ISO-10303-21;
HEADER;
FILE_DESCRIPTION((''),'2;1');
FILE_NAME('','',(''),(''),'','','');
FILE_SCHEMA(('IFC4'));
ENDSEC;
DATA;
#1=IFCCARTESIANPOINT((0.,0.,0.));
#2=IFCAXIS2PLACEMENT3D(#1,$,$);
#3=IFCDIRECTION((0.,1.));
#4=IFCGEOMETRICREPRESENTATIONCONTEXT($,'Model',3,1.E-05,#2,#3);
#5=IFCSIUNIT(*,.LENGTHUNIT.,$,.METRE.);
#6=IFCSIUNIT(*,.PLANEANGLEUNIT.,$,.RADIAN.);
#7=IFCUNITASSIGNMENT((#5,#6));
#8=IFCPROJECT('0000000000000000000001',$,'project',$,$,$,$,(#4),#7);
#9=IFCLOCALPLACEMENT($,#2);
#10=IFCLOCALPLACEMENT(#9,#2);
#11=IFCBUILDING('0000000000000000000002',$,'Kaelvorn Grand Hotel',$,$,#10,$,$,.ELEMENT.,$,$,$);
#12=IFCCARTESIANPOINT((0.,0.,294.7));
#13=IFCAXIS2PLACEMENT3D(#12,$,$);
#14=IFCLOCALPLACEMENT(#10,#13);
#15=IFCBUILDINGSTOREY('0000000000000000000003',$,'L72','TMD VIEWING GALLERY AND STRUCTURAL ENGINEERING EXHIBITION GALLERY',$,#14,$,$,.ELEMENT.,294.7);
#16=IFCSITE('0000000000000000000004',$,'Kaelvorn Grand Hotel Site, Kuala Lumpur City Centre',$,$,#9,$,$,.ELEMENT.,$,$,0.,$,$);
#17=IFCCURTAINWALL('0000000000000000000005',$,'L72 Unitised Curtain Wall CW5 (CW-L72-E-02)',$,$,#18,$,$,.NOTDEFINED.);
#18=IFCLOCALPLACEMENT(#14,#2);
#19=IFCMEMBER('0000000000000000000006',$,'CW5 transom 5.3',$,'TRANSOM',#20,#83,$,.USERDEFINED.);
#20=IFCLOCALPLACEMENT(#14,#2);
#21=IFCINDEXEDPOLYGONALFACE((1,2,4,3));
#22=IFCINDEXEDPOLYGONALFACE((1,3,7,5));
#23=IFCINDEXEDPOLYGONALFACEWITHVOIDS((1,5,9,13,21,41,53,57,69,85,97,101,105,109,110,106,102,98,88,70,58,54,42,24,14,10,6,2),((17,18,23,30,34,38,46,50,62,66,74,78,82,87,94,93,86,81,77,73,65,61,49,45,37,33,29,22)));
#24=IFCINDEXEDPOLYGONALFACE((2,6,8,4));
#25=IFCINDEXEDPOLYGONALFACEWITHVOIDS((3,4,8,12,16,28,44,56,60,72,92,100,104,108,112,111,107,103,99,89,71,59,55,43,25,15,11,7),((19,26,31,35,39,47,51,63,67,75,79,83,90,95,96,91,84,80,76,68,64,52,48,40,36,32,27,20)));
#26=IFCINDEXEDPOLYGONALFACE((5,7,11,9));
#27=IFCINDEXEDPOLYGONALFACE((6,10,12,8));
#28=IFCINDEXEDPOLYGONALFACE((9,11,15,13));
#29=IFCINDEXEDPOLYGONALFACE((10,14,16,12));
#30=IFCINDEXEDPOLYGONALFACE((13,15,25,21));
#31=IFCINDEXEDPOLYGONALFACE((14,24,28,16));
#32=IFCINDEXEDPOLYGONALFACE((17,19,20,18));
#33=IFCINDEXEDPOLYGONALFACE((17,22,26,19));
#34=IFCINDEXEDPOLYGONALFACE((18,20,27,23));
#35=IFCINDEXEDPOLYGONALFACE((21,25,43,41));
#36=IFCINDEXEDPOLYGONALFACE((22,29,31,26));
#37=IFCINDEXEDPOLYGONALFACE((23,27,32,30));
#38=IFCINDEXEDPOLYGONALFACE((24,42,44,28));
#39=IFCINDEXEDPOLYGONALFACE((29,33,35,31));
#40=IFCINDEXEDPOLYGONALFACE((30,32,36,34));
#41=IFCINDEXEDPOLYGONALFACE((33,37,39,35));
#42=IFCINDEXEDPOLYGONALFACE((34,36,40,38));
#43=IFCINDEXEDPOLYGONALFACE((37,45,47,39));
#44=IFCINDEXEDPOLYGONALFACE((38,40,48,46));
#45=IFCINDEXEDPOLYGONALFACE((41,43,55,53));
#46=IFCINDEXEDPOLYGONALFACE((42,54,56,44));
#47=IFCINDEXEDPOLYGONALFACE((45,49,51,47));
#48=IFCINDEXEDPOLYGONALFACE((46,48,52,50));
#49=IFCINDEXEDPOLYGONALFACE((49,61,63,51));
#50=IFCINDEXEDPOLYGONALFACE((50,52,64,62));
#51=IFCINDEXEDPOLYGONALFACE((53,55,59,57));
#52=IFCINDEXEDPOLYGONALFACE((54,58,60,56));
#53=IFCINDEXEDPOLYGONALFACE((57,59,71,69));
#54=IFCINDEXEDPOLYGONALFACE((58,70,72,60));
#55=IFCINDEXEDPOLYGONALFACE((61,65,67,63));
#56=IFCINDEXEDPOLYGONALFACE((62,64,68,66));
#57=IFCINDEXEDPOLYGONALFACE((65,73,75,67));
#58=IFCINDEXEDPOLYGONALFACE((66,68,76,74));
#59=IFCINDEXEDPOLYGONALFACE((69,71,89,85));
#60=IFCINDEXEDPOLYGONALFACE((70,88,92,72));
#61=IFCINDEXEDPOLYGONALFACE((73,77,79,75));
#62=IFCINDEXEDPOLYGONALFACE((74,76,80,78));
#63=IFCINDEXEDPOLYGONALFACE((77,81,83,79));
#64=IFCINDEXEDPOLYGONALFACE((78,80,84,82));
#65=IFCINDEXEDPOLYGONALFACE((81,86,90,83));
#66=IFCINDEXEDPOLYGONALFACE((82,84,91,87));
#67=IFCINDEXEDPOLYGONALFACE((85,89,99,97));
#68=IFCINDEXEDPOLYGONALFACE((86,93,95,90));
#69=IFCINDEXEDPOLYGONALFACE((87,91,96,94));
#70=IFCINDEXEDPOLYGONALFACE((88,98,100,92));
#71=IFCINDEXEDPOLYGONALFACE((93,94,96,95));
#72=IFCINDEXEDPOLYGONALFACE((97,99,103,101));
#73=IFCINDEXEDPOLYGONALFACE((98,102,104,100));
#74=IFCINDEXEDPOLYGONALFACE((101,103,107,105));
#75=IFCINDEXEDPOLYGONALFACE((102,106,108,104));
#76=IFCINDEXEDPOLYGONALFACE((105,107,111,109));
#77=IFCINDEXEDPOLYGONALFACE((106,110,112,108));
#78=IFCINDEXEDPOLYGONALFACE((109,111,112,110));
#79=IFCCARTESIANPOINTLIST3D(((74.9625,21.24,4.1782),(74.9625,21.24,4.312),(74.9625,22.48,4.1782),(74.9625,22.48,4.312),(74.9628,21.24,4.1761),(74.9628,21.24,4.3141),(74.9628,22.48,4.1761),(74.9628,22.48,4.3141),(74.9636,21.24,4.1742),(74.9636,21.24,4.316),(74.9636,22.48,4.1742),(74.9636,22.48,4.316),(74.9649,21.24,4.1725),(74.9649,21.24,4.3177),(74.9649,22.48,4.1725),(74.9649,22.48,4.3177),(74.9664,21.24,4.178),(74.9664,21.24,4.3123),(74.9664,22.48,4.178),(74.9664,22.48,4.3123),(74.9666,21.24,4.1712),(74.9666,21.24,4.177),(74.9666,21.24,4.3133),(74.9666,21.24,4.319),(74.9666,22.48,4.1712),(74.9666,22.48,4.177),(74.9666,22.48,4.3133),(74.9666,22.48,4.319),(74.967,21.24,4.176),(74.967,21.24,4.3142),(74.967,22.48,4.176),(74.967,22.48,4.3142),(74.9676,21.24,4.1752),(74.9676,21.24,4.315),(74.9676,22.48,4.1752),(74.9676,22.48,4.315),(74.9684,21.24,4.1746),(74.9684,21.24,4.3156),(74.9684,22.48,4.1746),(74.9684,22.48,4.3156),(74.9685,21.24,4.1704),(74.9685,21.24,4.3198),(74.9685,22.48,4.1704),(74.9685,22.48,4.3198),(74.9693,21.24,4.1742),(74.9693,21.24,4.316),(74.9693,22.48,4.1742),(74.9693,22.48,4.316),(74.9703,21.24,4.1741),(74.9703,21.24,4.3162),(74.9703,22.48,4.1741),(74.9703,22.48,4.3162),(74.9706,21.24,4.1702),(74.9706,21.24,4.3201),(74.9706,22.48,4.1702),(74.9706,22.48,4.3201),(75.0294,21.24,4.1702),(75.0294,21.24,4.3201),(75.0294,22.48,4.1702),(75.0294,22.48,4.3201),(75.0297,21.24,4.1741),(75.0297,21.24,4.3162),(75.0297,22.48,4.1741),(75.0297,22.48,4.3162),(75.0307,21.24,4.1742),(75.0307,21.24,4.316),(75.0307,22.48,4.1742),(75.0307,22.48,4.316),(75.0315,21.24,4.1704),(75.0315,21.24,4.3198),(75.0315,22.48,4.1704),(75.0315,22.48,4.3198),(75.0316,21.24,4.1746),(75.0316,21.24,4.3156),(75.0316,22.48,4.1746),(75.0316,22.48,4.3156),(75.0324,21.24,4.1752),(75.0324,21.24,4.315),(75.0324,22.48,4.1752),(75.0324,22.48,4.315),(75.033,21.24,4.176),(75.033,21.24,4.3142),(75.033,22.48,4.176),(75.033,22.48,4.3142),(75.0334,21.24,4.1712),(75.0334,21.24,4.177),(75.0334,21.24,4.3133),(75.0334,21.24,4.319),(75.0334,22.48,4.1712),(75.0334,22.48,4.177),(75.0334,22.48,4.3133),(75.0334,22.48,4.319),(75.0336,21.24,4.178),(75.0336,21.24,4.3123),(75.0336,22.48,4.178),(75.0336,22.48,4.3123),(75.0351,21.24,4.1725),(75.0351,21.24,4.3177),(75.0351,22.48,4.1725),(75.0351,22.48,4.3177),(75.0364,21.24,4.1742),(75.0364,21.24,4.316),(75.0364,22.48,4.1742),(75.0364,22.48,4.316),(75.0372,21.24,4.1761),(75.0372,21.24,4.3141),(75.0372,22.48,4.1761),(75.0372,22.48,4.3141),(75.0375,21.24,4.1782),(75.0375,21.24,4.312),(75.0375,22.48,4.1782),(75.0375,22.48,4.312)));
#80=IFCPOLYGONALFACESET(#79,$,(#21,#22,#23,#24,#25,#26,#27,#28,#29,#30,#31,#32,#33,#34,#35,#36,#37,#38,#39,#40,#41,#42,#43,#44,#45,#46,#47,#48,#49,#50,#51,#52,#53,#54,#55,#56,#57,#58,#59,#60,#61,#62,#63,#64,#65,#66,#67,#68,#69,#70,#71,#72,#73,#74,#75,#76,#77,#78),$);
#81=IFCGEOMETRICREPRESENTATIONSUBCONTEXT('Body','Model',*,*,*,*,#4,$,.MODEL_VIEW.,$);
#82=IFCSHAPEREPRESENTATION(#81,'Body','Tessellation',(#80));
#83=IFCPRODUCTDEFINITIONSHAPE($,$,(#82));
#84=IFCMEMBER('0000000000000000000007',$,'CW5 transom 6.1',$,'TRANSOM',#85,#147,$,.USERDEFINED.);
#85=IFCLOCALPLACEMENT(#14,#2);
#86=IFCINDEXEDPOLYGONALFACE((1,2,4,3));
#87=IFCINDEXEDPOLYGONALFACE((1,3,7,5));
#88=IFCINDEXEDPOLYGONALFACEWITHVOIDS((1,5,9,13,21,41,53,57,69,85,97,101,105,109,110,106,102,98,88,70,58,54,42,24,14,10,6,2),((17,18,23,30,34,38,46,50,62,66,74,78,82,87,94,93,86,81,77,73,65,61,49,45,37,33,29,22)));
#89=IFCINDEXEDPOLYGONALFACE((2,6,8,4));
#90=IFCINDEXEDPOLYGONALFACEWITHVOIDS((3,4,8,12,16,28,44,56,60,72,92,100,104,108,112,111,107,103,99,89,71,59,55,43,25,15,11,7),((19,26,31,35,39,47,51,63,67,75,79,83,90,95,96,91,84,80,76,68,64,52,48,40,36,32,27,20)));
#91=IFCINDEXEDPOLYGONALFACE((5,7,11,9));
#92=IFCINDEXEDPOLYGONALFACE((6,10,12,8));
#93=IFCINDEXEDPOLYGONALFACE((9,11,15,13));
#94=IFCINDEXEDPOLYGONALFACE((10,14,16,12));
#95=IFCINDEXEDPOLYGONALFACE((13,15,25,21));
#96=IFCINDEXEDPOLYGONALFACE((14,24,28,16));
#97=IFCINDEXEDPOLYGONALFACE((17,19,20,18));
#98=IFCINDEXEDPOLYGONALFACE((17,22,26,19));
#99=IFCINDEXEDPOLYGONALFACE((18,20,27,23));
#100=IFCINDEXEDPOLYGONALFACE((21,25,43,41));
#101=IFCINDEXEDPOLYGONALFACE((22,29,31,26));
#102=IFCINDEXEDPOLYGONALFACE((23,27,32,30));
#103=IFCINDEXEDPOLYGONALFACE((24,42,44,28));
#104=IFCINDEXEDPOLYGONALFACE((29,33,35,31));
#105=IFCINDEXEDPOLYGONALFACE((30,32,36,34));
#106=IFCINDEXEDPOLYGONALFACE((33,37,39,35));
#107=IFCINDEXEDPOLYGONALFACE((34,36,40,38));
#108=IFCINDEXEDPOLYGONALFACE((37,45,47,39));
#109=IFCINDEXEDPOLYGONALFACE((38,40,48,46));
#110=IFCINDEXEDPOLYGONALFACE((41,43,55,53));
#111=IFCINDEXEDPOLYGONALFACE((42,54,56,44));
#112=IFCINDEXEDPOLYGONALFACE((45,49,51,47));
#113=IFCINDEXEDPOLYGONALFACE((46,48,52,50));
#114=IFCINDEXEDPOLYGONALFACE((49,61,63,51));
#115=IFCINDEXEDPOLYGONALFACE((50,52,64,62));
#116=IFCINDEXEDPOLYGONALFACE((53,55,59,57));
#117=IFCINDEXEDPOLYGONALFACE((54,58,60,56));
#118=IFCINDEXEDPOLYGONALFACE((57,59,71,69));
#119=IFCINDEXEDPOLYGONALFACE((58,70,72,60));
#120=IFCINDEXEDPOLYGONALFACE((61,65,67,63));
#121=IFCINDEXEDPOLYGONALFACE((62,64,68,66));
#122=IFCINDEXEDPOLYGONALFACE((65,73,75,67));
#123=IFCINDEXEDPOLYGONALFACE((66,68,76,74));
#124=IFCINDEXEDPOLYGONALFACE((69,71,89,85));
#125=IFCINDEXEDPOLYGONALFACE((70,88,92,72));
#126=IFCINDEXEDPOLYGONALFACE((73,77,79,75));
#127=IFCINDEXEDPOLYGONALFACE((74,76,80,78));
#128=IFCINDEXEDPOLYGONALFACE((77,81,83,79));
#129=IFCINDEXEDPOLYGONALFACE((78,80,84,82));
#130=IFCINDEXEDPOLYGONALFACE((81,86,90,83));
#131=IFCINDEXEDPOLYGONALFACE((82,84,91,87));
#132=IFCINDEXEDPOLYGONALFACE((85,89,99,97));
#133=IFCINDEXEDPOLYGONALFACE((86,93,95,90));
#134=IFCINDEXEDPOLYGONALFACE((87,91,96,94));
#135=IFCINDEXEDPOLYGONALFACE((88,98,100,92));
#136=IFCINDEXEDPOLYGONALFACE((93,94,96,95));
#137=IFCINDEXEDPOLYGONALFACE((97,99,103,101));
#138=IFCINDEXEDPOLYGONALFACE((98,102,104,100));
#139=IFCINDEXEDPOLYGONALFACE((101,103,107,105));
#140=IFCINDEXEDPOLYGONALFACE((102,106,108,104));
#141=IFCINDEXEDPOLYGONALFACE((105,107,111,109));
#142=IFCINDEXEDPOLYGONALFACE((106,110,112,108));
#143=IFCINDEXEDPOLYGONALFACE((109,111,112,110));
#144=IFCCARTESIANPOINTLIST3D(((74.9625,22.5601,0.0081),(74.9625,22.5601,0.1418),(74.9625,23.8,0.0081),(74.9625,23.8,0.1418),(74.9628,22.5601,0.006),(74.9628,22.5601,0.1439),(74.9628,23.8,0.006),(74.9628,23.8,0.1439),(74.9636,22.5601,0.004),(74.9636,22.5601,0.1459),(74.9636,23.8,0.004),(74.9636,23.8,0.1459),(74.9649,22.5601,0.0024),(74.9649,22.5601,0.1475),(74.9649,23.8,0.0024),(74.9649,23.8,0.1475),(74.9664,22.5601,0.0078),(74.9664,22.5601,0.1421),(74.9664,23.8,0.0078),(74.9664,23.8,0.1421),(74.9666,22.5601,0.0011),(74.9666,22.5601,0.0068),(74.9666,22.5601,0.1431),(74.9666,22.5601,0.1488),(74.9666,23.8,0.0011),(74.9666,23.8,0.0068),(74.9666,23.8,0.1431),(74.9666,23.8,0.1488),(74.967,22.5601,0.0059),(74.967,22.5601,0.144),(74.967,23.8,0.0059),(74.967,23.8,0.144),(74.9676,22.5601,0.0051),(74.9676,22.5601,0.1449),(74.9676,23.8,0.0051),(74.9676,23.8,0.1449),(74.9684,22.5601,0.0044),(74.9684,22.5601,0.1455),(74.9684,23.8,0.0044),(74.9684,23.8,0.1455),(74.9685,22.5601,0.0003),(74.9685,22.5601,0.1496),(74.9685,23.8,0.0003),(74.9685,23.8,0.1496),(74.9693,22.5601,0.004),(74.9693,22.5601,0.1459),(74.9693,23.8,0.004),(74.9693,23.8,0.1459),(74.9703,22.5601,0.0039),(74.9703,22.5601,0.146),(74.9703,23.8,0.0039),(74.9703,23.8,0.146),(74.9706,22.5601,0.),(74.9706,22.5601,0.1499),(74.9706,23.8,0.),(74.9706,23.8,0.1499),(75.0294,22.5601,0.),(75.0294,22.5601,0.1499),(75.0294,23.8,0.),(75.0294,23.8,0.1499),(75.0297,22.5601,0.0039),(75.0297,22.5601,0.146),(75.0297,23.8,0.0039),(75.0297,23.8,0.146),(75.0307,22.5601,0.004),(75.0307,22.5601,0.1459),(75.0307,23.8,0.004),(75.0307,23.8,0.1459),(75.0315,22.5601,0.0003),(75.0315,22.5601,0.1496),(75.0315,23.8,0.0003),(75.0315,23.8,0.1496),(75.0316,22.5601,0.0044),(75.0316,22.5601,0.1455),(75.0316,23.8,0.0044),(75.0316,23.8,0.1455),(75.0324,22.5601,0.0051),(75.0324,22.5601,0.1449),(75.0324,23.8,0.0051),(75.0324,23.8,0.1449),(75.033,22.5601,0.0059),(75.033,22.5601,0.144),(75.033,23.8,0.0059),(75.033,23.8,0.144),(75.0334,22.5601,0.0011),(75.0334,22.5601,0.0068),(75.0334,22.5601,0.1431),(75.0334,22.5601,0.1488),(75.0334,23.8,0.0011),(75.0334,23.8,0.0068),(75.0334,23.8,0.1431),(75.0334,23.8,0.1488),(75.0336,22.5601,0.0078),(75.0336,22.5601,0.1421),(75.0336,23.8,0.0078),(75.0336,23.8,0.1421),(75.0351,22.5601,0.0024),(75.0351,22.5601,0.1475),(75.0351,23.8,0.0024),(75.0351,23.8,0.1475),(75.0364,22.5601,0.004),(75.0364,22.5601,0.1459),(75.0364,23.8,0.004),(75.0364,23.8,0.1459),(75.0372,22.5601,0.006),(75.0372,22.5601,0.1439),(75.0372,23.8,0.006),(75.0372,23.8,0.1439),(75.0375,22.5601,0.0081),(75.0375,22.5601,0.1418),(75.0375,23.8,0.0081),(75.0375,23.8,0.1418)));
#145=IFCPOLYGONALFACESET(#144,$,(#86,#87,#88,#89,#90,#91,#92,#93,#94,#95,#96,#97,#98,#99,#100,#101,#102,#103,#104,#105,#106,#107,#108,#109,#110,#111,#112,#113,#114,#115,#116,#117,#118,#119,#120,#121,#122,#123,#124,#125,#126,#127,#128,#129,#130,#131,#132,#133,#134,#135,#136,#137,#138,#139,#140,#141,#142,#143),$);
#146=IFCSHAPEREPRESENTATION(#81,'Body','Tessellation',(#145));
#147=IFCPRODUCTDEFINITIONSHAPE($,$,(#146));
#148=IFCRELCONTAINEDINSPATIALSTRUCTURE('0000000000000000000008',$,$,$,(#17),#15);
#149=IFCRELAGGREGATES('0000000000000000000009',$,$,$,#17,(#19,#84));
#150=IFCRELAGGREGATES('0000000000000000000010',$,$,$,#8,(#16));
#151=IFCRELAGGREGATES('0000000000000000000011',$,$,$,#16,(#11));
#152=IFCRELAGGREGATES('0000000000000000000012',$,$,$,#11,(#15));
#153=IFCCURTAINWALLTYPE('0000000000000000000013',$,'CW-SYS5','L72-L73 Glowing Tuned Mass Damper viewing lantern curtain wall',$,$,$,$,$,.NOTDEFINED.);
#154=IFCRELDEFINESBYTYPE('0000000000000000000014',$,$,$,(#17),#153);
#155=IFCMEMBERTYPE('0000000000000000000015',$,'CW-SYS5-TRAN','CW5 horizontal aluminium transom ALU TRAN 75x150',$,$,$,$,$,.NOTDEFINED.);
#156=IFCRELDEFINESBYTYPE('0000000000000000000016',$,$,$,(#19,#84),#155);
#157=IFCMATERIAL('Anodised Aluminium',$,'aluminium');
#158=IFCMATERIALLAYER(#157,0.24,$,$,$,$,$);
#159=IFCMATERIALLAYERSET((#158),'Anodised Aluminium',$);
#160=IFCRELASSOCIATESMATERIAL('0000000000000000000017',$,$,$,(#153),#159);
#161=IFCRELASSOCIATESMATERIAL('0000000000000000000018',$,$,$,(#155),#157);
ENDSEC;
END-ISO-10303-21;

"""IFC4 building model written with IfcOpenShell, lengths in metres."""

from ifc_helpers import new_model, si_unit, direction, frame, origin, origin_2d, place, context, subcontext, project, spatial, hollow_rectangle, extrude, material, layer, layer_set, material_profile, profile_set, type_object, element, aggregate, save


model = new_model("IFC4")

# Units and contexts
model_context = context("Model", 3, precision=1e-05, world=origin(), true_north=direction((0.0, 1.0)))
body_context = subcontext(model_context, "Body", "Model", "MODEL_VIEW")
ifc_project = project(units=[si_unit("LENGTHUNIT", "METRE"), si_unit("PLANEANGLEUNIT", "RADIAN")], contexts=[model_context])

# Site, building, storey
site_placement = place(None, origin())
site = spatial("IfcSite", under=ifc_project, at=site_placement, Name="Kaelvorn Grand Hotel Site, Kuala Lumpur City Centre", CompositionType="ELEMENT", RefElevation=0.0)
building_placement = place(site_placement, origin())
building = spatial("IfcBuilding", under=site, at=building_placement, Name="Kaelvorn Grand Hotel", CompositionType="ELEMENT")
storey_placement = place(building_placement, frame((0.0, 0.0, 294.7)))
storey = spatial("IfcBuildingStorey", under=building, at=storey_placement, Name="L72", Description="TMD VIEWING GALLERY AND STRUCTURAL ENGINEERING EXHIBITION GALLERY", CompositionType="ELEMENT", Elevation=294.7)

# Curtain wall, members
ifc_material_1 = material(Name="Anodised Aluminium", Category="aluminium")
ifc_layer_1 = layer(ifc_material_1, 0.24)
ifc_layer_set_1 = layer_set([ifc_layer_1], Name="Anodised Aluminium")
curtain_wall_type = type_object("IfcCurtainWallType", Name="CW-SYS5", Description="L72-L73 Glowing Tuned Mass Damper viewing lantern curtain wall", PredefinedType="NOTDEFINED", material=ifc_layer_set_1)
curtain_wall_placement = place(storey_placement, origin())
curtain_wall = element("IfcCurtainWall", 1, at=curtain_wall_placement, inside=storey, type_object=curtain_wall_type, Name="L72 Unitised Curtain Wall CW5 (CW-L72-E-02)", PredefinedType="NOTDEFINED")
ifc_material_profile_1 = material_profile(ifc_material_1, hollow_rectangle(XDim=0.075, YDim=0.1499, WallThickness=0.0039, InnerFilletRadius=0.0039, OuterFilletRadius=0.0081, at=origin_2d()), Name="ALU TRAN 75x150")
ifc_profile_set_1 = profile_set([ifc_material_profile_1], Name="Anodised Aluminium")
member_type_1 = type_object("IfcMemberType", Name="CW-SYS5-TRAN", Description="CW5 horizontal aluminium transom ALU TRAN 75x150", PredefinedType="NOTDEFINED", material=ifc_profile_set_1)
member_1_placement = place(storey_placement, frame((75.0, 21.24, 4.2451), z_axis=(0.0, 1.0, 0.0), x_axis=(-1.0, 0.0, 0.0)))
member_1 = element("IfcMember", 2, at=member_1_placement, type_object=member_type_1, Name="CW5 transom 5.3", ObjectType="TRANSOM", PredefinedType="USERDEFINED", context=body_context, shape_type="SweptSolid", body=[
    extrude(hollow_rectangle(XDim=0.075, YDim=0.1499, WallThickness=0.0039, InnerFilletRadius=0.0039, OuterFilletRadius=0.0081, at=origin_2d()), origin(), (0.0, 0.0, 1.0), 1.24),
])
member_2_placement = place(storey_placement, frame((75.0, 22.5601, 0.075), z_axis=(0.0, 1.0, 0.0), x_axis=(-1.0, 0.0, 0.0)))
member_2 = element("IfcMember", 3, at=member_2_placement, type_object=member_type_1, Name="CW5 transom 6.1", ObjectType="TRANSOM", PredefinedType="USERDEFINED", context=body_context, shape_type="SweptSolid", body=[
    extrude(hollow_rectangle(XDim=0.075, YDim=0.1499, WallThickness=0.0039, InnerFilletRadius=0.0039, OuterFilletRadius=0.0081, at=origin_2d()), origin(), (0.0, 0.0, 1.0), 1.24),
])
aggregate(curtain_wall, [member_1, member_2])

save(model, "model.ifc")
